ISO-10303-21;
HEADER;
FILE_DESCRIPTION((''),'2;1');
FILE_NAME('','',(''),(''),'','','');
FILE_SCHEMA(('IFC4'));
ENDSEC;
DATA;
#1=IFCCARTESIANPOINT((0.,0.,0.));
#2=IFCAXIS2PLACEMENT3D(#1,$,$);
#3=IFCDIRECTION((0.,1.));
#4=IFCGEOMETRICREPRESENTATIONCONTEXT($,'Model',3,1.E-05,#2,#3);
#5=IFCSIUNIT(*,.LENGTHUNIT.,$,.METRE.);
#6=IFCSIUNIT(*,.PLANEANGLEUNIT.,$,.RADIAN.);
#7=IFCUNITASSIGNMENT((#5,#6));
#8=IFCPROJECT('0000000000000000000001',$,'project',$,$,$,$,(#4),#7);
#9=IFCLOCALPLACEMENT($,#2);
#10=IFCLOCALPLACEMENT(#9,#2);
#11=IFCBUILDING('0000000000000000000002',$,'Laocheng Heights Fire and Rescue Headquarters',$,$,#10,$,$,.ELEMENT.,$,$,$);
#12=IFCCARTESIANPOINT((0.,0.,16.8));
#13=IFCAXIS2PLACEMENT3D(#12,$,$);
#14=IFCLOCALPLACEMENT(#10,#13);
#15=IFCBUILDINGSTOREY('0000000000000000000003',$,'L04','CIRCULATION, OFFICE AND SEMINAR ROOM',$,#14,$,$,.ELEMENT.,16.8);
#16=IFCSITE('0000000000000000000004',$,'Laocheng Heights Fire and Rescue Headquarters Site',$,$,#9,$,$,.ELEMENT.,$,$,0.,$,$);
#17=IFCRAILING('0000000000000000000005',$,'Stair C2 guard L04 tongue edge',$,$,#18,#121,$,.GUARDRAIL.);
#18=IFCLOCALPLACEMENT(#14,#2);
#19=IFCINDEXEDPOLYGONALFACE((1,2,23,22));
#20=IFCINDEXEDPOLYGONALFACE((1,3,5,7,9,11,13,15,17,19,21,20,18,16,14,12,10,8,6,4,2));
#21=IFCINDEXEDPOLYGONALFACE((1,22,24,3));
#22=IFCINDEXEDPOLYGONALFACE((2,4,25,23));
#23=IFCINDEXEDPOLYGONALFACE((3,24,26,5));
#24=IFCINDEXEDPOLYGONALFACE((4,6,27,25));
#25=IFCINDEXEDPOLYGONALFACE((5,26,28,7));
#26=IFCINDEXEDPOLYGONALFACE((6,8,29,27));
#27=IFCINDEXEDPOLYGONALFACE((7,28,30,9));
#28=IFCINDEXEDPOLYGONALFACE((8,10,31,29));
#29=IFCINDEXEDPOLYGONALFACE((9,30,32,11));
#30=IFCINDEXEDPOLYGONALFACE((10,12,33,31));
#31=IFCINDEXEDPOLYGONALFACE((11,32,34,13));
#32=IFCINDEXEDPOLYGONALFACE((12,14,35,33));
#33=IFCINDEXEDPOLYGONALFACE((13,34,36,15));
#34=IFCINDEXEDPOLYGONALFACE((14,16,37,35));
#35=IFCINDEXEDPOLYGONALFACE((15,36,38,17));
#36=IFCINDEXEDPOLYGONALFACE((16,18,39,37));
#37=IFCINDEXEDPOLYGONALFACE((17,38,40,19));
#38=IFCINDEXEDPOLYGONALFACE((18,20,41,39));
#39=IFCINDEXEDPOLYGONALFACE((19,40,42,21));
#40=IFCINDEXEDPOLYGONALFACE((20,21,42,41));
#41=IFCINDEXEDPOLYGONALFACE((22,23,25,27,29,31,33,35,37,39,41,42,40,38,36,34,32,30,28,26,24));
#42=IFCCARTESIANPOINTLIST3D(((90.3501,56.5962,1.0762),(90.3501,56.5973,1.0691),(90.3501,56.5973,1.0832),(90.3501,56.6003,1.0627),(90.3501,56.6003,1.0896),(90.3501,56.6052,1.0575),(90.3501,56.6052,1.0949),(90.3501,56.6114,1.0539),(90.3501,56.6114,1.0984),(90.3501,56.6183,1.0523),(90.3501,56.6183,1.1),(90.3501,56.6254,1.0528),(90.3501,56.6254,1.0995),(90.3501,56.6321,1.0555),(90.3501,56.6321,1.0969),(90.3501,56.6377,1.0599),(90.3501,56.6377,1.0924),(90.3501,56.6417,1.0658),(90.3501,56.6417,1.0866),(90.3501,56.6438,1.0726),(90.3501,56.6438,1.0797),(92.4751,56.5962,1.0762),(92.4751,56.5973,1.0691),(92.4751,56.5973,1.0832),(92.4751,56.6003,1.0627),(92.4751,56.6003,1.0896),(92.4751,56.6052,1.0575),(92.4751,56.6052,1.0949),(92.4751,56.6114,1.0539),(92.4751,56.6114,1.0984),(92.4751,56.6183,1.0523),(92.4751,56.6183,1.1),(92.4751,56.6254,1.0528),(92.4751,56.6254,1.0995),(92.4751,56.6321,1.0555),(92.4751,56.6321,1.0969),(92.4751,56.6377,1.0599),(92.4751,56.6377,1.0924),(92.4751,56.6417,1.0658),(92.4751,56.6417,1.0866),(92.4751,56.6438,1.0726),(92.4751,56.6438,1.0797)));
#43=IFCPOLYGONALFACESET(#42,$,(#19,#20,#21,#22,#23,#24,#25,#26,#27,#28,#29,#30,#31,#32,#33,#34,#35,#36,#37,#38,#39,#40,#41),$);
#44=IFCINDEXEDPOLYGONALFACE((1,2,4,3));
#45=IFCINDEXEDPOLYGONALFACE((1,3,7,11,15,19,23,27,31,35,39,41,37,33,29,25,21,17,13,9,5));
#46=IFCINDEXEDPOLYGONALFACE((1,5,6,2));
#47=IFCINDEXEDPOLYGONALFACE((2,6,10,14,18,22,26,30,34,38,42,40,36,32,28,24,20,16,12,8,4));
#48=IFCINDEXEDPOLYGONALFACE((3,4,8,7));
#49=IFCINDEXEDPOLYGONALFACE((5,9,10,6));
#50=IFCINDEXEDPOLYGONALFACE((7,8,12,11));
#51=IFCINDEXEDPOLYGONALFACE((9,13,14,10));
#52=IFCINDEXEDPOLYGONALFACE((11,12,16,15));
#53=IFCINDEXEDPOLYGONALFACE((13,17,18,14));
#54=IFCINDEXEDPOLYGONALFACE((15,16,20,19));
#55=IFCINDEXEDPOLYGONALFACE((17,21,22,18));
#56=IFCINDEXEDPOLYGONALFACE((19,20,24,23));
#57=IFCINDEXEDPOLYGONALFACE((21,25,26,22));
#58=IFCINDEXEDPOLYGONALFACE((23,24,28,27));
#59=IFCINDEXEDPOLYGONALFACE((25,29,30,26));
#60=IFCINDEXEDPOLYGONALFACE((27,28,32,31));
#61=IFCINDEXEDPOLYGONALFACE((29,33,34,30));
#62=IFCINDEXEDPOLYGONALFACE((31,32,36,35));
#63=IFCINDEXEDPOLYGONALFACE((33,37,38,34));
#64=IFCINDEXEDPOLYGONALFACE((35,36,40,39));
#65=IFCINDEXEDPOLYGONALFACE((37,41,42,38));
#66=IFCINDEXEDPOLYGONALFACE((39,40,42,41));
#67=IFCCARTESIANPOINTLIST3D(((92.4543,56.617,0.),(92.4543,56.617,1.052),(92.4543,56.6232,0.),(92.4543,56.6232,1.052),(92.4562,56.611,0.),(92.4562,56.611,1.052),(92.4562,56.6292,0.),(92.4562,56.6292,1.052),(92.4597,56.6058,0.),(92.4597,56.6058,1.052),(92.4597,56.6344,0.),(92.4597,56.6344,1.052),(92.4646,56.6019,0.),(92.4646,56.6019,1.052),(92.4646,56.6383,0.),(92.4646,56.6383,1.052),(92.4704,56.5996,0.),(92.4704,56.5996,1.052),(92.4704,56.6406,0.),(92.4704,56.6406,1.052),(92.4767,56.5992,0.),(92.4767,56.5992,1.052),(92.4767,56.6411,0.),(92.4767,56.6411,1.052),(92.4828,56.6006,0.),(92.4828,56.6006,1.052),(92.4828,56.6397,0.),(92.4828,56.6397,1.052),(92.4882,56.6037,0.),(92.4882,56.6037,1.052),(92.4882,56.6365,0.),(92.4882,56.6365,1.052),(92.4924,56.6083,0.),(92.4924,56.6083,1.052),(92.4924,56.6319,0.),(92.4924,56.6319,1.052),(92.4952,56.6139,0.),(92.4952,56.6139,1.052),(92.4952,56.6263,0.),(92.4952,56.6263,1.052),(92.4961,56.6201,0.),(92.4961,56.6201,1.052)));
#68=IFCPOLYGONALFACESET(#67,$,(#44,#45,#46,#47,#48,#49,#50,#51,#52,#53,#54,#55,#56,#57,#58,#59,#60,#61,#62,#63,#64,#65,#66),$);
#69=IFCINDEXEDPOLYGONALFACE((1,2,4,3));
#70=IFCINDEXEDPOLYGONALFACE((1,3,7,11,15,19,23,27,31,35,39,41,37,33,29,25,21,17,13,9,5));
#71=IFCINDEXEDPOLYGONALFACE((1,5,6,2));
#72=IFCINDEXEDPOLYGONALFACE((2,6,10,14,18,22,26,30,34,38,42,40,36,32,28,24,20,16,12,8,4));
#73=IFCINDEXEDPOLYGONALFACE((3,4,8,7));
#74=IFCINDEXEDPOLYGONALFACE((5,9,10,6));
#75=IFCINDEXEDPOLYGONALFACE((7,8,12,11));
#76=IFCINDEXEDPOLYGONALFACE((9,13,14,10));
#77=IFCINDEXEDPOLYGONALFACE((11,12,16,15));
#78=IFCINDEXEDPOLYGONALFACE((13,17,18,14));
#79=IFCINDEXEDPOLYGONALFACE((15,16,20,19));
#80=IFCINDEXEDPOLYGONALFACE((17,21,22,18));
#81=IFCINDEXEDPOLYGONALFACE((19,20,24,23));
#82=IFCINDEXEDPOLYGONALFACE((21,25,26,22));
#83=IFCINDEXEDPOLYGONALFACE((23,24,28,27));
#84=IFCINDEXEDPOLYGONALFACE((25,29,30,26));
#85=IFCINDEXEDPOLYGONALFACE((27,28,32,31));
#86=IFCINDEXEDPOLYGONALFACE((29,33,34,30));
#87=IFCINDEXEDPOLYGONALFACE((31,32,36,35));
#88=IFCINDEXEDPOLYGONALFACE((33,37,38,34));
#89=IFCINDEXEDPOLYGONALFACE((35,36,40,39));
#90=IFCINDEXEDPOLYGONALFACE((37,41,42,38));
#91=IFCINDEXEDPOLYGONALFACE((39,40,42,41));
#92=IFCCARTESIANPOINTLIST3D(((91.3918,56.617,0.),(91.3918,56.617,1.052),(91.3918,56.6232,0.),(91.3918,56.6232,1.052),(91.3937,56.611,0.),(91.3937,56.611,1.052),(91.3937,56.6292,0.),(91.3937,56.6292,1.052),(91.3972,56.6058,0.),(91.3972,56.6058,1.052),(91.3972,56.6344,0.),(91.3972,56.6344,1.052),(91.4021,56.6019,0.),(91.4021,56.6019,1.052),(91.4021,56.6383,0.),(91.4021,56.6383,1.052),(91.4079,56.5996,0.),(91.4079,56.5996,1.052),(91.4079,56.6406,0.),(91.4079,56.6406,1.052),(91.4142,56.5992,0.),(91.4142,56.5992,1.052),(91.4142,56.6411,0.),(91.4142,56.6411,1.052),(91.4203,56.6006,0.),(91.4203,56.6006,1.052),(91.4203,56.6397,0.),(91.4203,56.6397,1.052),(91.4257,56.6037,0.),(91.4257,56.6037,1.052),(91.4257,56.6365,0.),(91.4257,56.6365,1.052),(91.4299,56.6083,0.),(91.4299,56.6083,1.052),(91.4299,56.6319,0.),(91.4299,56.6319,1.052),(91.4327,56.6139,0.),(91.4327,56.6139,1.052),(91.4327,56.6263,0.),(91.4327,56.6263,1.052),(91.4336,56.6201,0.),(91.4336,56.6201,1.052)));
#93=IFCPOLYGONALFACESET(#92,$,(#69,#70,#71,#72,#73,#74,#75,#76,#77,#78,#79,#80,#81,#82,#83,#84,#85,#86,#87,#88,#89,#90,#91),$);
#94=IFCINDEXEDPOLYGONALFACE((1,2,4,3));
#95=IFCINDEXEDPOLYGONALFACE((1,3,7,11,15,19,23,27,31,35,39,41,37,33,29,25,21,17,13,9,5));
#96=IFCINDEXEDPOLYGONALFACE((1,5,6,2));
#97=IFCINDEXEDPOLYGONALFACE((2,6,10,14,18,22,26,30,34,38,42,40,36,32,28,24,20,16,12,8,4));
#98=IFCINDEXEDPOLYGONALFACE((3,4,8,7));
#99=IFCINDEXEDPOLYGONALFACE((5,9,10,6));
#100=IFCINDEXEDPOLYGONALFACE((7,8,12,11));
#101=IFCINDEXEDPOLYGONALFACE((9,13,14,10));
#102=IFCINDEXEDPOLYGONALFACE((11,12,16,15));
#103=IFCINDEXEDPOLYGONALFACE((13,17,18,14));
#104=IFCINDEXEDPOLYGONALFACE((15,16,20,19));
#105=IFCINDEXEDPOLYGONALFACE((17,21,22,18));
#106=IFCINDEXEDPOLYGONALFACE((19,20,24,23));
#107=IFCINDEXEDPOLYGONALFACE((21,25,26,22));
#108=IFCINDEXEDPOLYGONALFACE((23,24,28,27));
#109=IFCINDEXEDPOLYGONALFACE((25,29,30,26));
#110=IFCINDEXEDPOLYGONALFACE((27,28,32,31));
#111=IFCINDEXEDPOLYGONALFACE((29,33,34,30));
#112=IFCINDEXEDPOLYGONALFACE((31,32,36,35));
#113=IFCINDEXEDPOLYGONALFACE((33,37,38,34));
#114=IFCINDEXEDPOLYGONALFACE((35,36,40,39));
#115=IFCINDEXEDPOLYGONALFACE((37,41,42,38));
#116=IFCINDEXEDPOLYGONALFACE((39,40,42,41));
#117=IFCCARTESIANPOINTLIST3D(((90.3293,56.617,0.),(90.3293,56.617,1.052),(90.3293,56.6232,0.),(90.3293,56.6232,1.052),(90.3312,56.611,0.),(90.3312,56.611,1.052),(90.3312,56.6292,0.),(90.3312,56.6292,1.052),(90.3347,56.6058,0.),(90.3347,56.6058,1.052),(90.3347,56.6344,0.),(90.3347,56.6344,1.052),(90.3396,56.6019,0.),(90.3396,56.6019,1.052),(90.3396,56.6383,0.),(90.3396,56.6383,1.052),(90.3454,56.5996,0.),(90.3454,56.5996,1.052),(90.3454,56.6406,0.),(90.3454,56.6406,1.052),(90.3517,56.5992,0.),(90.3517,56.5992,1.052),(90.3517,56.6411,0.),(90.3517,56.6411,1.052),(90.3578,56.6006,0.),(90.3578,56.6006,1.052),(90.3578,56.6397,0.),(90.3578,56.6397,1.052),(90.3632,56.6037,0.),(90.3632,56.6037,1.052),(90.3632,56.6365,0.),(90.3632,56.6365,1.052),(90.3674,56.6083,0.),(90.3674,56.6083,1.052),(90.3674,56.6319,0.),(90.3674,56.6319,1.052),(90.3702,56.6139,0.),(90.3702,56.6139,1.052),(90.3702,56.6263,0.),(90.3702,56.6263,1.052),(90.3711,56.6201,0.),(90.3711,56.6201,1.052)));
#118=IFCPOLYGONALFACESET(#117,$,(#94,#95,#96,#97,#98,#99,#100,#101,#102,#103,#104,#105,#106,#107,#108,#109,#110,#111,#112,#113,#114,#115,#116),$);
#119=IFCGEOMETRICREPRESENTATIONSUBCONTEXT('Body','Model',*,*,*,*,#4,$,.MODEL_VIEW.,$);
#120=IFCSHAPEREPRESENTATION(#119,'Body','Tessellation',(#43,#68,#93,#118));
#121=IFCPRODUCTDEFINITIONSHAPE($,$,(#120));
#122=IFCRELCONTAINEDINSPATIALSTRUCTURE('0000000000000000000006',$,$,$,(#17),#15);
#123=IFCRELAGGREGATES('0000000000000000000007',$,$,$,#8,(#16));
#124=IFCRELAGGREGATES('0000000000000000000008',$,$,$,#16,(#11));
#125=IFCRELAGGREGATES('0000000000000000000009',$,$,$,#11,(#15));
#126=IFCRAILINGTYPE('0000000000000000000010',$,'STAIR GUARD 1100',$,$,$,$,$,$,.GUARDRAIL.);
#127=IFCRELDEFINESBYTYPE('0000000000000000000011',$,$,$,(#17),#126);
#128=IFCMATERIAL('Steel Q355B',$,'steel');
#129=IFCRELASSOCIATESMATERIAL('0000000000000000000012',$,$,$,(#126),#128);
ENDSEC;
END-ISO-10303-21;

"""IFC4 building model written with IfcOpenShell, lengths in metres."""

from ifc_helpers import new_model, si_unit, direction, frame, origin, origin_2d, place, context, subcontext, project, spatial, circle, extrude, material, type_object, element, save


model = new_model("IFC4")

# Units and contexts
model_context = context("Model", 3, precision=1e-05, world=origin(), true_north=direction((0.0, 1.0)))
body_context = subcontext(model_context, "Body", "Model", "MODEL_VIEW")
ifc_project = project(units=[si_unit("LENGTHUNIT", "METRE"), si_unit("PLANEANGLEUNIT", "RADIAN")], contexts=[model_context])

# Site, building, storey
site_placement = place(None, origin())
site = spatial("IfcSite", under=ifc_project, at=site_placement, Name="Laocheng Heights Fire and Rescue Headquarters Site", CompositionType="ELEMENT", RefElevation=0.0)
building_placement = place(site_placement, origin())
building = spatial("IfcBuilding", under=site, at=building_placement, Name="Laocheng Heights Fire and Rescue Headquarters", CompositionType="ELEMENT")
storey_placement = place(building_placement, frame((0.0, 0.0, 16.8)))
storey = spatial("IfcBuildingStorey", under=building, at=storey_placement, Name="L04", Description="CIRCULATION, OFFICE AND SEMINAR ROOM", CompositionType="ELEMENT", Elevation=16.8)

# Railing
ifc_material_1 = material(Name="Steel Q355B", Category="steel")
railing_type_1 = type_object("IfcRailingType", Name="STAIR GUARD 1100", PredefinedType="GUARDRAIL", material=ifc_material_1)
railing_1_placement = place(storey_placement, frame((92.4751, 56.6201, 0.0)))
element("IfcRailing", 1, at=railing_1_placement, inside=storey, type_object=railing_type_1, Name="Stair C2 guard L04 tongue edge", PredefinedType="GUARDRAIL", context=body_context, shape_type="SweptSolid", body=[
    extrude(circle(Radius=0.0239, at=origin_2d()), frame((0.0, 0.0, 1.0762), z_axis=(-1.0, 0.0, 0.0), x_axis=(0.0, -1.0, 0.0)), (0.0, 0.0, 1.0), 2.125),
    extrude(circle(Radius=0.021, at=origin_2d()), origin(), (0.0, 0.0, 1.0), 1.052),
    extrude(circle(Radius=0.021, at=origin_2d()), frame((-1.0625, 0.0, 0.0)), (0.0, 0.0, 1.0), 1.052),
    extrude(circle(Radius=0.021, at=origin_2d()), frame((-2.125, 0.0, 0.0)), (0.0, 0.0, 1.0), 1.052),
])

save(model, "model.ifc")
